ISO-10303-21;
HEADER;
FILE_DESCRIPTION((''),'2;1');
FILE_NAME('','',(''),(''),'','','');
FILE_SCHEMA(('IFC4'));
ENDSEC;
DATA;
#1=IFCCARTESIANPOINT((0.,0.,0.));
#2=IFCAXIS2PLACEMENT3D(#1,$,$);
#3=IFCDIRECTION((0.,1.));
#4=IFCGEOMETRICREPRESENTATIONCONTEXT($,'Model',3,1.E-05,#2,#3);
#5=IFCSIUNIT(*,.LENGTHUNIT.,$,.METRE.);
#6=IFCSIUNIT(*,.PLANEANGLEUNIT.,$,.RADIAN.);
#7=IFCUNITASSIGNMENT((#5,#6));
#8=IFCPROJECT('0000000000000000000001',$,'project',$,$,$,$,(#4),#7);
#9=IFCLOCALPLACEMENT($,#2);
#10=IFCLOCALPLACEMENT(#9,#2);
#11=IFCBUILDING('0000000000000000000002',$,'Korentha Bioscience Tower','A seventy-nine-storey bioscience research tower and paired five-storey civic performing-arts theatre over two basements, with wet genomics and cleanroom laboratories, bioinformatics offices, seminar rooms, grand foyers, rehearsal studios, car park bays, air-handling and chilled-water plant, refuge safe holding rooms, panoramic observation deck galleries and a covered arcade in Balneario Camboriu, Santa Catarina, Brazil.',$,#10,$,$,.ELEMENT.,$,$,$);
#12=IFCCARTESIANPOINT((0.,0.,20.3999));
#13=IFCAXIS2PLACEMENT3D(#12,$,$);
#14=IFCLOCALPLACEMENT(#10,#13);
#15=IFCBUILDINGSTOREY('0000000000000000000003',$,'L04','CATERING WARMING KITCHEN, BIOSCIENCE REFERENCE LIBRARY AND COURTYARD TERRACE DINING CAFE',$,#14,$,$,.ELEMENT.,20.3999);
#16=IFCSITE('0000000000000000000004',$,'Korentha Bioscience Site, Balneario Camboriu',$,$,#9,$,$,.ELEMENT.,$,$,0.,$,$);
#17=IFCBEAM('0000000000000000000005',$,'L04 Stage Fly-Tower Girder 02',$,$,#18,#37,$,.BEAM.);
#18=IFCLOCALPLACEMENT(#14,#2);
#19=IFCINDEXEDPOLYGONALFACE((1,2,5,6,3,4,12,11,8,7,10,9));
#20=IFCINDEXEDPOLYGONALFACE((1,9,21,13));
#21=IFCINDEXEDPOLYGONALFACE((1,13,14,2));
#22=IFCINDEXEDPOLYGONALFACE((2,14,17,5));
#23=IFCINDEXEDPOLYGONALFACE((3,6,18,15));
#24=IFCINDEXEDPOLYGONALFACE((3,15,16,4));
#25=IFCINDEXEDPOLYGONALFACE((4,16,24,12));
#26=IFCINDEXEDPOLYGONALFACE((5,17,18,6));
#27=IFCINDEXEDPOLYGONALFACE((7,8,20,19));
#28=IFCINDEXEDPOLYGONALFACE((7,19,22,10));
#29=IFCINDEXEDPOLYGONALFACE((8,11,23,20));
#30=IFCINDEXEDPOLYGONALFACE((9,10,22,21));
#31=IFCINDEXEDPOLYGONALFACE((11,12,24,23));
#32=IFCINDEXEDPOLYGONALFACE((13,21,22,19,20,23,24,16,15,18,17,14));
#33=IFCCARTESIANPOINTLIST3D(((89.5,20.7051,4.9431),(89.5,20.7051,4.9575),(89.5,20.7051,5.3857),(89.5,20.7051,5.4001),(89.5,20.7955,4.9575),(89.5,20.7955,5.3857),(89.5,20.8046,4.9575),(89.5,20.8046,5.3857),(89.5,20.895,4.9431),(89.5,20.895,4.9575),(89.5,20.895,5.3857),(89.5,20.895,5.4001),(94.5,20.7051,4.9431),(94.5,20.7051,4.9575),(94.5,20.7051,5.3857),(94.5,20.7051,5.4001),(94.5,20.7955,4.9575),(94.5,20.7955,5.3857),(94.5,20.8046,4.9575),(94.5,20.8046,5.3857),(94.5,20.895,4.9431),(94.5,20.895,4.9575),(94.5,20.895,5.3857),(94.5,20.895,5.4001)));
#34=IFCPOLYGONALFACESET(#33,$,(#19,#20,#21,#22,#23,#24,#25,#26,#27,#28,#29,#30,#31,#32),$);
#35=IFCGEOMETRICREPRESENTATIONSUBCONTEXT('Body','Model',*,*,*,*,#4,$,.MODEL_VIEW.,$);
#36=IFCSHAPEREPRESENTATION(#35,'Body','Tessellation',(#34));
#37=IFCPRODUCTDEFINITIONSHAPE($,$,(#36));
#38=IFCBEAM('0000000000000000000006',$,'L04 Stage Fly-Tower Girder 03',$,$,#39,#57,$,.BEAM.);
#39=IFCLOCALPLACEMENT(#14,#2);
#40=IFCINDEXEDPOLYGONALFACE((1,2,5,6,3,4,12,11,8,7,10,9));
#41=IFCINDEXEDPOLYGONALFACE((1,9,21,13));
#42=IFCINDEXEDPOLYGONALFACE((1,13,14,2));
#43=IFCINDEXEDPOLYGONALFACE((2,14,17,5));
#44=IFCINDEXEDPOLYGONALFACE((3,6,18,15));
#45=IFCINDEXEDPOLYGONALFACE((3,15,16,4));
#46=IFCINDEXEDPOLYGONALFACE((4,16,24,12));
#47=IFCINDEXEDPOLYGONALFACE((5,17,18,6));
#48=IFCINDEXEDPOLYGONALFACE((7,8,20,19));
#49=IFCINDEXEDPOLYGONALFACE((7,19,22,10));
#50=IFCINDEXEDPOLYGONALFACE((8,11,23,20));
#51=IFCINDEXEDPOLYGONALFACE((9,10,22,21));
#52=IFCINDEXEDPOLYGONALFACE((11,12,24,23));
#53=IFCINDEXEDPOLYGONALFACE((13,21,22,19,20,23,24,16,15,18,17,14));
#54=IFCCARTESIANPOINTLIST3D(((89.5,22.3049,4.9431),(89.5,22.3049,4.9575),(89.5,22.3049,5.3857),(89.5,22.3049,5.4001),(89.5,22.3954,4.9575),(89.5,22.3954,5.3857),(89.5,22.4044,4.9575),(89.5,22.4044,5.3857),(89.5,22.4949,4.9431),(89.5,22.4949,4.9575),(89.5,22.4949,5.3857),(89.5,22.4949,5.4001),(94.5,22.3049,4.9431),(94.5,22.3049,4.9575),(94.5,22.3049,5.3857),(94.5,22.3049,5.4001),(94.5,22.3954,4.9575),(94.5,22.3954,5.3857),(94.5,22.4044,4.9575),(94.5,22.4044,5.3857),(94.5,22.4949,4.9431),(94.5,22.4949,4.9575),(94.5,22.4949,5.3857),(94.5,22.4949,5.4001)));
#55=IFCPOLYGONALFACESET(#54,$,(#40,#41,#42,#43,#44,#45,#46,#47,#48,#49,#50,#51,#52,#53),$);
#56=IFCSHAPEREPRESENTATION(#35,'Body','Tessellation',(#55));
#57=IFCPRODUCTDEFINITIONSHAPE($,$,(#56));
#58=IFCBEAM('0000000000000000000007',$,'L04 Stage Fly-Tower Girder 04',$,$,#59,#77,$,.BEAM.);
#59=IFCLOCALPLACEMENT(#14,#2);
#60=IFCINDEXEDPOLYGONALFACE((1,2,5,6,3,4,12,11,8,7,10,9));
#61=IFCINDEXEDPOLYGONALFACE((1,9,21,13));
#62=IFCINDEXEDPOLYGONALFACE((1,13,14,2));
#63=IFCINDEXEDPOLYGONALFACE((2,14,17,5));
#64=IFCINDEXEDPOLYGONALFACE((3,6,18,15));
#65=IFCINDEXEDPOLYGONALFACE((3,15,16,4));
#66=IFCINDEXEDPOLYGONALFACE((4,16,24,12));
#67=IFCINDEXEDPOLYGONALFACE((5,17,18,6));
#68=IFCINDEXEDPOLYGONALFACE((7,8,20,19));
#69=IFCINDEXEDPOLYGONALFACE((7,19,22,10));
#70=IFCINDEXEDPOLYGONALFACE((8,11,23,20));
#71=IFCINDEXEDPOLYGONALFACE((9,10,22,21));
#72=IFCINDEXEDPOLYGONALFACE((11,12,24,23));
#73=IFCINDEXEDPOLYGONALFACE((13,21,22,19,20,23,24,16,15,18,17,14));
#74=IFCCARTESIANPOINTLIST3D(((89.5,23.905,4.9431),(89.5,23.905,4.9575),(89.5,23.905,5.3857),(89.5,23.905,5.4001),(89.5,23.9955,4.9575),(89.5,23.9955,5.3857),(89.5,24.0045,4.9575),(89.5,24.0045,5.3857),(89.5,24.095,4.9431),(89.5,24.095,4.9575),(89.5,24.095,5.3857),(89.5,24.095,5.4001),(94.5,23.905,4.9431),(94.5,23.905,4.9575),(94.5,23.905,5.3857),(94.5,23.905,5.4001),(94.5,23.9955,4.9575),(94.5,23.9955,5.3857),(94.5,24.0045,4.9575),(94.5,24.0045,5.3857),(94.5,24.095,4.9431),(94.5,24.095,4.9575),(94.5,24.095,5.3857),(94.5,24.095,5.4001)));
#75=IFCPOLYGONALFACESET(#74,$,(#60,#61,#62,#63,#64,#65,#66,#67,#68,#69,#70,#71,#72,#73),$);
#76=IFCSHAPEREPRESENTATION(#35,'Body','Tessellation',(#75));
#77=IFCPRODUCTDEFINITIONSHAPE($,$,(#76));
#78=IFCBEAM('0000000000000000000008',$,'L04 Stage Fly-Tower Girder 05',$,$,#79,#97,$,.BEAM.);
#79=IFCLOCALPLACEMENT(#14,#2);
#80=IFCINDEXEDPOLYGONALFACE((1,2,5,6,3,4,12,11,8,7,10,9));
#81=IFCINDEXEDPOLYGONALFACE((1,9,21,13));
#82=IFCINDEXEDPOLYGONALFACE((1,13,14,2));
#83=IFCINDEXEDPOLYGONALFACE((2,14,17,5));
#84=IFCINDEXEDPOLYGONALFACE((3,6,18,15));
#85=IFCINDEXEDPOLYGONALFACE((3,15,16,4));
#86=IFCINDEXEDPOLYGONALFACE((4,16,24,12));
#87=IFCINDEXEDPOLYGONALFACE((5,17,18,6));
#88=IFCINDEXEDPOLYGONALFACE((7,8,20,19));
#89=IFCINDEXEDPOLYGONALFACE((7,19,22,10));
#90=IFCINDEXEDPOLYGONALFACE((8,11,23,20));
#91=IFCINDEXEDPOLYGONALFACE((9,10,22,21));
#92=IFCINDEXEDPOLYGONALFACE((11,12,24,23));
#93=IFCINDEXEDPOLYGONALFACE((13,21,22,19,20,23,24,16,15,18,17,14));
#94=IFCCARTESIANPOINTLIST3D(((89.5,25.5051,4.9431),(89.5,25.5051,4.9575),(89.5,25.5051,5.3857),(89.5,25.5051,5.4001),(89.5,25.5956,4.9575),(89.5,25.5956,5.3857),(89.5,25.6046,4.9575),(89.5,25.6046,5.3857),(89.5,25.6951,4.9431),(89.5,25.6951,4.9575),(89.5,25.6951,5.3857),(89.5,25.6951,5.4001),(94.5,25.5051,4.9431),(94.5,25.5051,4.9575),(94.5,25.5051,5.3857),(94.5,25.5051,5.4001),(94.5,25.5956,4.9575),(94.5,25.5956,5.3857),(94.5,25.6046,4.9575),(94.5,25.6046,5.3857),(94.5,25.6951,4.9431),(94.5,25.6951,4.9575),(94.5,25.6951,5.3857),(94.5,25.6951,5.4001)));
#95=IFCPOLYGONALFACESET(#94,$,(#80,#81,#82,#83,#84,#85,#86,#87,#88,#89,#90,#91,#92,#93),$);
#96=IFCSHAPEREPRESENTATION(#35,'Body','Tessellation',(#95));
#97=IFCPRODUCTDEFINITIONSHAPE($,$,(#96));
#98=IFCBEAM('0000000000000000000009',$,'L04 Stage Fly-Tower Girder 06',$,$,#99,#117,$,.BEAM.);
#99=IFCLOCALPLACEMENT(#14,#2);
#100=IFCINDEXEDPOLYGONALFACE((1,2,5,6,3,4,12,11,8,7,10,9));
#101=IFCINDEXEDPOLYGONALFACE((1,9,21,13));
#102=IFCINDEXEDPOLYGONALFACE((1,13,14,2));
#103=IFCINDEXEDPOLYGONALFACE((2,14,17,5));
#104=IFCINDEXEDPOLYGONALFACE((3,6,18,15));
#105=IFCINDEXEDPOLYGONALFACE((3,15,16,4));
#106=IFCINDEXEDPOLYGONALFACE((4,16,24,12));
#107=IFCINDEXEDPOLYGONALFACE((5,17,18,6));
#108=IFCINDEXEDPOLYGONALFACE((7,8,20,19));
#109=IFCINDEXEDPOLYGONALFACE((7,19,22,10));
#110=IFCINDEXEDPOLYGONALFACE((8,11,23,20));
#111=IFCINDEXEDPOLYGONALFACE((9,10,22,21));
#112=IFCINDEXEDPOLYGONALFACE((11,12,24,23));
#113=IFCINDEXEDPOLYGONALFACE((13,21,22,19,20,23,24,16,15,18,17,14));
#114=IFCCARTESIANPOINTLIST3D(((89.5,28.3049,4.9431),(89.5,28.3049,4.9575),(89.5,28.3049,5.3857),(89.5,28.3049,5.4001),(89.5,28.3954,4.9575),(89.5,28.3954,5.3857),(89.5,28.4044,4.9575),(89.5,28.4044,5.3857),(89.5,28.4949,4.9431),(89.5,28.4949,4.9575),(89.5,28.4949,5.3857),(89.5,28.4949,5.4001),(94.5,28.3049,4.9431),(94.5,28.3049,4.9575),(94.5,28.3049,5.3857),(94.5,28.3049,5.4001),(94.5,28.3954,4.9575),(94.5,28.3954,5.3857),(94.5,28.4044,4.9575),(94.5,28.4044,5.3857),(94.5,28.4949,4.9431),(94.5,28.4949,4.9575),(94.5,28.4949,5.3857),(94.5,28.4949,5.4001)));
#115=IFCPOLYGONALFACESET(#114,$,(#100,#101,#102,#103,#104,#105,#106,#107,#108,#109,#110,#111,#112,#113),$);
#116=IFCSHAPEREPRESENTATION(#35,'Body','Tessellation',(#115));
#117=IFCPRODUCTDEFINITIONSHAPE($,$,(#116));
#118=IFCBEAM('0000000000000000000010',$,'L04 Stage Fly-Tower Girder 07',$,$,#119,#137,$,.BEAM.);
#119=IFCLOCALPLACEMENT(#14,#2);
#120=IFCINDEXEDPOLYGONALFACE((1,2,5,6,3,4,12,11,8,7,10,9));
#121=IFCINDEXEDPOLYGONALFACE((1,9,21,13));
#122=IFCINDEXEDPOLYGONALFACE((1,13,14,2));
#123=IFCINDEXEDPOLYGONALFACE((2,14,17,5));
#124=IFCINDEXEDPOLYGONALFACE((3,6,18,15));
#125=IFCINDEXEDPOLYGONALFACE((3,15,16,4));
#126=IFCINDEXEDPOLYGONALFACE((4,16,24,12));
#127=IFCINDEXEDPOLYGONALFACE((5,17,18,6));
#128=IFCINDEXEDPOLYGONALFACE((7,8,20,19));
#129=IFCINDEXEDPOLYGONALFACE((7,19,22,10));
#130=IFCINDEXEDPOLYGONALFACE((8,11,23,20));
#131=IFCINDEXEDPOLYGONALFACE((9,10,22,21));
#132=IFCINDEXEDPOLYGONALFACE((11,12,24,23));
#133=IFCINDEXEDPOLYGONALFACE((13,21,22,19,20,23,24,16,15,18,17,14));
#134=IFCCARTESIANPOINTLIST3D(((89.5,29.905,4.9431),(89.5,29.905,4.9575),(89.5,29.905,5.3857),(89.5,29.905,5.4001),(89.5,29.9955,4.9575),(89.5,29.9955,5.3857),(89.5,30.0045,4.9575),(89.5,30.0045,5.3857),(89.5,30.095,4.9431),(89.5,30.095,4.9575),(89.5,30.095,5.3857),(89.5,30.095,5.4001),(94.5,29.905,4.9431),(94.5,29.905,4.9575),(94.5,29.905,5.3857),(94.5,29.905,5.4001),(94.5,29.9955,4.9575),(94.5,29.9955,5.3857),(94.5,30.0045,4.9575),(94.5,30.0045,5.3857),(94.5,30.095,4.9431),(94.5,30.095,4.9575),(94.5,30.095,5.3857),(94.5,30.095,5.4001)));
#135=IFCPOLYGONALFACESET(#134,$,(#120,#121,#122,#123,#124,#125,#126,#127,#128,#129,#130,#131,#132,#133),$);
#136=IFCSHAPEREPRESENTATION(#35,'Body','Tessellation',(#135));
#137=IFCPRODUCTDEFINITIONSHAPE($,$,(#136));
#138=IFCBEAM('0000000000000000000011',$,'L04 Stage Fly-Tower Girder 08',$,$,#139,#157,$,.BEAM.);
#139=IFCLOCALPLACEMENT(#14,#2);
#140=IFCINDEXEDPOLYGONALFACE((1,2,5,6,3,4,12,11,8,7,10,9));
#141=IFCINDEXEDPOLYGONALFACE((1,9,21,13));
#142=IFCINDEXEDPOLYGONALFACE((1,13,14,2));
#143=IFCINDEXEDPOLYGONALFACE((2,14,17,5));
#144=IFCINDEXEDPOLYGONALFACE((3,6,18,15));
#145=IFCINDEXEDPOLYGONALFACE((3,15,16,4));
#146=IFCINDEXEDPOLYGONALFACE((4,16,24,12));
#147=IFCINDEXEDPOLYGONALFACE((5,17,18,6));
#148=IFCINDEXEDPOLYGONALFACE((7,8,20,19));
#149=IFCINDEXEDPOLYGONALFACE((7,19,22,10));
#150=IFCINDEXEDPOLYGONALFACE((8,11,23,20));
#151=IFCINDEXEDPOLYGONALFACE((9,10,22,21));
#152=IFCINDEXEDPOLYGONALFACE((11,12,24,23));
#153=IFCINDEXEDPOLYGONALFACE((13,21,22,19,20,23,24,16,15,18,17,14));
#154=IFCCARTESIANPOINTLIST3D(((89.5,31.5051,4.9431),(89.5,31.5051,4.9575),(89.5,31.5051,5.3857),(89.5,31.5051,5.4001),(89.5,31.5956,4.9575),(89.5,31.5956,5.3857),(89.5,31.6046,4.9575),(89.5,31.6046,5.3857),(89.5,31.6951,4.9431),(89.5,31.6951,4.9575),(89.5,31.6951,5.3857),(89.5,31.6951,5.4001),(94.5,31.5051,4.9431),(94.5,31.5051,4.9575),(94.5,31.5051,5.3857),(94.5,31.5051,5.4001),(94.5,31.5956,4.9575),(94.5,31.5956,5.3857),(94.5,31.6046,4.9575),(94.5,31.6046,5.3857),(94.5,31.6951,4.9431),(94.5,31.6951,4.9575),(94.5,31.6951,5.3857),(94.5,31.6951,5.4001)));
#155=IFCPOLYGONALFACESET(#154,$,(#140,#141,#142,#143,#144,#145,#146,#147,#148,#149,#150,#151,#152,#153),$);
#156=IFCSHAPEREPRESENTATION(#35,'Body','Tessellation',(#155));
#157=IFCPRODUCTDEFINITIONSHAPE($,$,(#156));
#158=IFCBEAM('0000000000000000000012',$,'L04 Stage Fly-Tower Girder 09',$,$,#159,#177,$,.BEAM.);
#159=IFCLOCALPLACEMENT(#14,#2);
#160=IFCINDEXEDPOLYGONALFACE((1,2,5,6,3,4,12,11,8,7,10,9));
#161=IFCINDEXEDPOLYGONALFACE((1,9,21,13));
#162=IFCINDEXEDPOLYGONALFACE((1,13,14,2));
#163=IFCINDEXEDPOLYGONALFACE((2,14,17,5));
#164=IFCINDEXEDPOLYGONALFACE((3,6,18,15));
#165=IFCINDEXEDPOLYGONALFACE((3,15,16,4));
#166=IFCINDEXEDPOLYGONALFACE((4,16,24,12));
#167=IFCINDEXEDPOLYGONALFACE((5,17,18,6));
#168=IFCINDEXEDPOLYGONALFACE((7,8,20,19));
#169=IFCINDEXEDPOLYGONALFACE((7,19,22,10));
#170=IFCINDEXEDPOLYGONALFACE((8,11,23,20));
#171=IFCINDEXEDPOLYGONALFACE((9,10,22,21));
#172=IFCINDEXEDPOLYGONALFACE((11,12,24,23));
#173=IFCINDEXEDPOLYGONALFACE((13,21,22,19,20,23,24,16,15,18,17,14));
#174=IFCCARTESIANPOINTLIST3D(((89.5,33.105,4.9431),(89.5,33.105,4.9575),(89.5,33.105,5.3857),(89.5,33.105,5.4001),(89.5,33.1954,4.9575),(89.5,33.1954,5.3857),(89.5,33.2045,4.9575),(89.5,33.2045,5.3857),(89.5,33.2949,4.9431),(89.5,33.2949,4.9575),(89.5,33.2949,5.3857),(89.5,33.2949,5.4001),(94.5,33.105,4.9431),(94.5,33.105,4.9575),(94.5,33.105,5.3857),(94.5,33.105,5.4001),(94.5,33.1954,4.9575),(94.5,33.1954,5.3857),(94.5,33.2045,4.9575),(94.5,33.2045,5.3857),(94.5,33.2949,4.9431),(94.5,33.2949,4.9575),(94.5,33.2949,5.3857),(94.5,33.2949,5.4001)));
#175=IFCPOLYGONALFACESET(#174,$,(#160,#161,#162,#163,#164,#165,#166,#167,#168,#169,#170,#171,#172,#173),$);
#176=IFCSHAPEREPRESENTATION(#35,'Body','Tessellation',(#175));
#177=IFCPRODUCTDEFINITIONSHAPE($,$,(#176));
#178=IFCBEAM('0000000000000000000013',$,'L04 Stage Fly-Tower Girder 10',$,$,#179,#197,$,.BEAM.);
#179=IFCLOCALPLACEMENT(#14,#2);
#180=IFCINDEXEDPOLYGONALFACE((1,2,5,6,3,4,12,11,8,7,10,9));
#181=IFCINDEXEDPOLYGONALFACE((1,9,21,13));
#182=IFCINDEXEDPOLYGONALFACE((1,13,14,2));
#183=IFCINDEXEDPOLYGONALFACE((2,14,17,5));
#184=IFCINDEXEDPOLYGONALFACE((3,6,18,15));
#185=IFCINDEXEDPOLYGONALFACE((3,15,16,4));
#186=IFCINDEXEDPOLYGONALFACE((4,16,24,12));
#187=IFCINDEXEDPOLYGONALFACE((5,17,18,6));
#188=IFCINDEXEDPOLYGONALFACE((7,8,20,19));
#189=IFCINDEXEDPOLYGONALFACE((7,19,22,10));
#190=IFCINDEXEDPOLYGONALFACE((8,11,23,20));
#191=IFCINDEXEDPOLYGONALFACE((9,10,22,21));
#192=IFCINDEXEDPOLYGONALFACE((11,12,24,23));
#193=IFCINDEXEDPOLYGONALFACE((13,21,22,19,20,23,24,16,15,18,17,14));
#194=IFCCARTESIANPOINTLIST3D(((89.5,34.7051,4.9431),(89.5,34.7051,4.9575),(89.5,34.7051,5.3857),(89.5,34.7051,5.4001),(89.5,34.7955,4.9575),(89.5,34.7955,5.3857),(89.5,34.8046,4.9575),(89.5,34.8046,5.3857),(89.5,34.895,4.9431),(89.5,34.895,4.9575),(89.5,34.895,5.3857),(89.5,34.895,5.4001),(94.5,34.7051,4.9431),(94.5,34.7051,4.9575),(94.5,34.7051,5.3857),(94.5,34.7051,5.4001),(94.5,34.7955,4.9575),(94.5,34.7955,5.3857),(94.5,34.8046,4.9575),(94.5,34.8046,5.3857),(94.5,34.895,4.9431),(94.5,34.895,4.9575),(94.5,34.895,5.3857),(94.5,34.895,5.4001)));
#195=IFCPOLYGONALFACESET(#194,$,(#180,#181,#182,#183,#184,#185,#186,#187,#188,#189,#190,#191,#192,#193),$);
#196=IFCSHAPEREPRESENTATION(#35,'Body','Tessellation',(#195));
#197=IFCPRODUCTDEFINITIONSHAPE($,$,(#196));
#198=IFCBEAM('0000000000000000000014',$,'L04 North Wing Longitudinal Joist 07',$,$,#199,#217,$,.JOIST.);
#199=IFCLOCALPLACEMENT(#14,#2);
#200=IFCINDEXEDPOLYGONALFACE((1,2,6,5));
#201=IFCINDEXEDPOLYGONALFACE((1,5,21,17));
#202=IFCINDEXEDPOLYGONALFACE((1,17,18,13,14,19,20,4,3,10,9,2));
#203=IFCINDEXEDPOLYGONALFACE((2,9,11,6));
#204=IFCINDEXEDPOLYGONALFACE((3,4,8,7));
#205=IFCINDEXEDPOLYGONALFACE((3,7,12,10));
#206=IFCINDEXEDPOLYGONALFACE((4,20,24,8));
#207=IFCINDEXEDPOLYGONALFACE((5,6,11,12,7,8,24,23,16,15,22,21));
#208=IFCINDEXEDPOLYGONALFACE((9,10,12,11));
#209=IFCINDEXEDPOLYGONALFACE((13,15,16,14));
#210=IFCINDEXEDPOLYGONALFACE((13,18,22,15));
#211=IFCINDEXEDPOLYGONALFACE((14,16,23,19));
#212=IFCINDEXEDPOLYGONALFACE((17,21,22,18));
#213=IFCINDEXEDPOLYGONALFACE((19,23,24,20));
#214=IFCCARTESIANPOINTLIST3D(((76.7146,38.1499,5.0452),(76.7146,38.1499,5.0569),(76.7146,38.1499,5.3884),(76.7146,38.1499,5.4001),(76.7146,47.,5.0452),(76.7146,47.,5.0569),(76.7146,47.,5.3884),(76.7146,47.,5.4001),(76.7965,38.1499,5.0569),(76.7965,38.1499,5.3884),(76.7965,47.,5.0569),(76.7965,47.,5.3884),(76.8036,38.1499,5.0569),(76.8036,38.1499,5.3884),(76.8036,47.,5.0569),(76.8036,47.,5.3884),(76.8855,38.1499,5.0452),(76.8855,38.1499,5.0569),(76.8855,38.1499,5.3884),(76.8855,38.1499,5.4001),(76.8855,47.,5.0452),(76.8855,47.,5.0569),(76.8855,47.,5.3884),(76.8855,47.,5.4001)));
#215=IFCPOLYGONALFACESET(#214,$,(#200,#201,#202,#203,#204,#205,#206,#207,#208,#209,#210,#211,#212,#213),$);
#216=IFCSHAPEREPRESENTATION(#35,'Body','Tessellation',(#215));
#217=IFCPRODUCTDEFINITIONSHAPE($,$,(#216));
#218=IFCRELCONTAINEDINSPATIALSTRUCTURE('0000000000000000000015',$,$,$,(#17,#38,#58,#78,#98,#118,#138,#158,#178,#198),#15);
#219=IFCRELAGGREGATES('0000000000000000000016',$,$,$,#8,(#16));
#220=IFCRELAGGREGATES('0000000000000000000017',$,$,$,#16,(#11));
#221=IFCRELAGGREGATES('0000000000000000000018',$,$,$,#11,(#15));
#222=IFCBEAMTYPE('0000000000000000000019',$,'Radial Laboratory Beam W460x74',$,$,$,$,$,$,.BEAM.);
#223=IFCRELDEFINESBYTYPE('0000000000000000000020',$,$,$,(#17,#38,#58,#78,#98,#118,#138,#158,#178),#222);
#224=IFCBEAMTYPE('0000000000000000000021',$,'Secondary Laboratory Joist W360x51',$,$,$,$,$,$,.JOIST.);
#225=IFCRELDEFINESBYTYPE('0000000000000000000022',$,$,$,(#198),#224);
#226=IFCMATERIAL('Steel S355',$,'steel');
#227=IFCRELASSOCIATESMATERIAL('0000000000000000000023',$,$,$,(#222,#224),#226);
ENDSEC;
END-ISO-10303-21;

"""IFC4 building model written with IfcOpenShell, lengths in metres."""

from ifc_helpers import new_model, si_unit, direction, frame, origin, origin_2d, place, context, subcontext, project, spatial, i_section, extrude, material, material_profile, profile_set, type_object, element, save


model = new_model("IFC4")

# Units and contexts
model_context = context("Model", 3, precision=1e-05, world=origin(), true_north=direction((0.0, 1.0)))
body_context = subcontext(model_context, "Body", "Model", "MODEL_VIEW")
ifc_project = project(units=[si_unit("LENGTHUNIT", "METRE"), si_unit("PLANEANGLEUNIT", "RADIAN")], contexts=[model_context])

# Site, building, storey
site_placement = place(None, origin())
site = spatial("IfcSite", under=ifc_project, at=site_placement, Name="Korentha Bioscience Site, Balneario Camboriu", CompositionType="ELEMENT", RefElevation=0.0)
building_placement = place(site_placement, origin())
building = spatial("IfcBuilding", under=site, at=building_placement, Name="Korentha Bioscience Tower", Description="A seventy-nine-storey bioscience research tower and paired five-storey civic performing-arts theatre over two basements, with wet genomics and cleanroom laboratories, bioinformatics offices, seminar rooms, grand foyers, rehearsal studios, car park bays, air-handling and chilled-water plant, refuge safe holding rooms, panoramic observation deck galleries and a covered arcade in Balneario Camboriu, Santa Catarina, Brazil.", CompositionType="ELEMENT")
storey_placement = place(building_placement, frame((0.0, 0.0, 20.3999)))
storey = spatial("IfcBuildingStorey", under=building, at=storey_placement, Name="L04", Description="CATERING WARMING KITCHEN, BIOSCIENCE REFERENCE LIBRARY AND COURTYARD TERRACE DINING CAFE", CompositionType="ELEMENT", Elevation=20.3999)

# Shared definitions
ifc_material_1 = material(Name="Steel S355", Category="steel")

# Beams
ifc_material_profile_1 = material_profile(ifc_material_1, i_section(OverallWidth=0.1899, OverallDepth=0.457, WebThickness=0.009, FlangeThickness=0.0144, at=origin_2d()), Name="Steel S355")
ifc_profile_set_1 = profile_set([ifc_material_profile_1], Name="Steel S355 (RB-460)")
beam_type_1 = type_object("IfcBeamType", Name="Radial Laboratory Beam W460x74", PredefinedType="BEAM", material=ifc_profile_set_1)
for number, where, z_axis, x_axis, name in (
    (1, (89.5, 20.8, 5.1716), (1.0, 0.0, 0.0), (0.0, 1.0, 0.0), "L04 Stage Fly-Tower Girder 02"),
    (2, (89.5, 22.3999, 5.1716), (1.0, 0.0, 0.0), (0.0, 1.0, 0.0), "L04 Stage Fly-Tower Girder 03"),
    (3, (89.5, 24.0, 5.1716), (1.0, 0.0, 0.0), (0.0, 1.0, 0.0), "L04 Stage Fly-Tower Girder 04"),
    (4, (89.5, 25.6001, 5.1716), (1.0, 0.0, 0.0), (0.0, 1.0, 0.0), "L04 Stage Fly-Tower Girder 05"),
    (5, (89.5, 28.3999, 5.1716), (1.0, 0.0, 0.0), (0.0, 1.0, 0.0), "L04 Stage Fly-Tower Girder 06"),
    (6, (89.5, 30.0, 5.1716), (1.0, 0.0, 0.0), (0.0, 1.0, 0.0), "L04 Stage Fly-Tower Girder 07"),
    (7, (89.5, 31.6001, 5.1716), (1.0, 0.0, 0.0), (0.0, 1.0, 0.0), "L04 Stage Fly-Tower Girder 08"),
    (8, (89.5, 33.2, 5.1716), (1.0, 0.0, 0.0), (0.0, 1.0, 0.0), "L04 Stage Fly-Tower Girder 09"),
    (9, (89.5, 34.8, 5.1716), (1.0, 0.0, 0.0), (0.0, 1.0, 0.0), "L04 Stage Fly-Tower Girder 10"),
):
    element("IfcBeam", number, at=place(storey_placement, frame(where, z_axis=z_axis, x_axis=x_axis)), inside=storey, type_object=beam_type_1, Name=name, PredefinedType="BEAM", context=body_context, shape_type="SweptSolid", body=[
        extrude(i_section(OverallWidth=0.1899, OverallDepth=0.457, WebThickness=0.009, FlangeThickness=0.0144, at=origin_2d()), origin(), (0.0, 0.0, 1.0), 5.0),
    ])
ifc_material_profile_2 = material_profile(ifc_material_1, i_section(OverallWidth=0.1709, OverallDepth=0.355, WebThickness=0.0071, FlangeThickness=0.0117, at=origin_2d()), Name="Steel S355")
ifc_profile_set_2 = profile_set([ifc_material_profile_2], Name="Steel S355 (JB-360)")
beam_type_2 = type_object("IfcBeamType", Name="Secondary Laboratory Joist W360x51", PredefinedType="JOIST", material=ifc_profile_set_2)
for number, where, z_axis, x_axis, name in (
    (10, (76.8, 38.1499, 5.2227), (0.0, 1.0, 0.0), (-1.0, 0.0, 0.0), "L04 North Wing Longitudinal Joist 07"),
):
    element("IfcBeam", number, at=place(storey_placement, frame(where, z_axis=z_axis, x_axis=x_axis)), inside=storey, type_object=beam_type_2, Name=name, PredefinedType="JOIST", context=body_context, shape_type="SweptSolid", body=[
        extrude(i_section(OverallWidth=0.1709, OverallDepth=0.355, WebThickness=0.0071, FlangeThickness=0.0117, at=origin_2d()), origin(), (0.0, 0.0, 1.0), 8.8501),
    ])

save(model, "model.ifc")
